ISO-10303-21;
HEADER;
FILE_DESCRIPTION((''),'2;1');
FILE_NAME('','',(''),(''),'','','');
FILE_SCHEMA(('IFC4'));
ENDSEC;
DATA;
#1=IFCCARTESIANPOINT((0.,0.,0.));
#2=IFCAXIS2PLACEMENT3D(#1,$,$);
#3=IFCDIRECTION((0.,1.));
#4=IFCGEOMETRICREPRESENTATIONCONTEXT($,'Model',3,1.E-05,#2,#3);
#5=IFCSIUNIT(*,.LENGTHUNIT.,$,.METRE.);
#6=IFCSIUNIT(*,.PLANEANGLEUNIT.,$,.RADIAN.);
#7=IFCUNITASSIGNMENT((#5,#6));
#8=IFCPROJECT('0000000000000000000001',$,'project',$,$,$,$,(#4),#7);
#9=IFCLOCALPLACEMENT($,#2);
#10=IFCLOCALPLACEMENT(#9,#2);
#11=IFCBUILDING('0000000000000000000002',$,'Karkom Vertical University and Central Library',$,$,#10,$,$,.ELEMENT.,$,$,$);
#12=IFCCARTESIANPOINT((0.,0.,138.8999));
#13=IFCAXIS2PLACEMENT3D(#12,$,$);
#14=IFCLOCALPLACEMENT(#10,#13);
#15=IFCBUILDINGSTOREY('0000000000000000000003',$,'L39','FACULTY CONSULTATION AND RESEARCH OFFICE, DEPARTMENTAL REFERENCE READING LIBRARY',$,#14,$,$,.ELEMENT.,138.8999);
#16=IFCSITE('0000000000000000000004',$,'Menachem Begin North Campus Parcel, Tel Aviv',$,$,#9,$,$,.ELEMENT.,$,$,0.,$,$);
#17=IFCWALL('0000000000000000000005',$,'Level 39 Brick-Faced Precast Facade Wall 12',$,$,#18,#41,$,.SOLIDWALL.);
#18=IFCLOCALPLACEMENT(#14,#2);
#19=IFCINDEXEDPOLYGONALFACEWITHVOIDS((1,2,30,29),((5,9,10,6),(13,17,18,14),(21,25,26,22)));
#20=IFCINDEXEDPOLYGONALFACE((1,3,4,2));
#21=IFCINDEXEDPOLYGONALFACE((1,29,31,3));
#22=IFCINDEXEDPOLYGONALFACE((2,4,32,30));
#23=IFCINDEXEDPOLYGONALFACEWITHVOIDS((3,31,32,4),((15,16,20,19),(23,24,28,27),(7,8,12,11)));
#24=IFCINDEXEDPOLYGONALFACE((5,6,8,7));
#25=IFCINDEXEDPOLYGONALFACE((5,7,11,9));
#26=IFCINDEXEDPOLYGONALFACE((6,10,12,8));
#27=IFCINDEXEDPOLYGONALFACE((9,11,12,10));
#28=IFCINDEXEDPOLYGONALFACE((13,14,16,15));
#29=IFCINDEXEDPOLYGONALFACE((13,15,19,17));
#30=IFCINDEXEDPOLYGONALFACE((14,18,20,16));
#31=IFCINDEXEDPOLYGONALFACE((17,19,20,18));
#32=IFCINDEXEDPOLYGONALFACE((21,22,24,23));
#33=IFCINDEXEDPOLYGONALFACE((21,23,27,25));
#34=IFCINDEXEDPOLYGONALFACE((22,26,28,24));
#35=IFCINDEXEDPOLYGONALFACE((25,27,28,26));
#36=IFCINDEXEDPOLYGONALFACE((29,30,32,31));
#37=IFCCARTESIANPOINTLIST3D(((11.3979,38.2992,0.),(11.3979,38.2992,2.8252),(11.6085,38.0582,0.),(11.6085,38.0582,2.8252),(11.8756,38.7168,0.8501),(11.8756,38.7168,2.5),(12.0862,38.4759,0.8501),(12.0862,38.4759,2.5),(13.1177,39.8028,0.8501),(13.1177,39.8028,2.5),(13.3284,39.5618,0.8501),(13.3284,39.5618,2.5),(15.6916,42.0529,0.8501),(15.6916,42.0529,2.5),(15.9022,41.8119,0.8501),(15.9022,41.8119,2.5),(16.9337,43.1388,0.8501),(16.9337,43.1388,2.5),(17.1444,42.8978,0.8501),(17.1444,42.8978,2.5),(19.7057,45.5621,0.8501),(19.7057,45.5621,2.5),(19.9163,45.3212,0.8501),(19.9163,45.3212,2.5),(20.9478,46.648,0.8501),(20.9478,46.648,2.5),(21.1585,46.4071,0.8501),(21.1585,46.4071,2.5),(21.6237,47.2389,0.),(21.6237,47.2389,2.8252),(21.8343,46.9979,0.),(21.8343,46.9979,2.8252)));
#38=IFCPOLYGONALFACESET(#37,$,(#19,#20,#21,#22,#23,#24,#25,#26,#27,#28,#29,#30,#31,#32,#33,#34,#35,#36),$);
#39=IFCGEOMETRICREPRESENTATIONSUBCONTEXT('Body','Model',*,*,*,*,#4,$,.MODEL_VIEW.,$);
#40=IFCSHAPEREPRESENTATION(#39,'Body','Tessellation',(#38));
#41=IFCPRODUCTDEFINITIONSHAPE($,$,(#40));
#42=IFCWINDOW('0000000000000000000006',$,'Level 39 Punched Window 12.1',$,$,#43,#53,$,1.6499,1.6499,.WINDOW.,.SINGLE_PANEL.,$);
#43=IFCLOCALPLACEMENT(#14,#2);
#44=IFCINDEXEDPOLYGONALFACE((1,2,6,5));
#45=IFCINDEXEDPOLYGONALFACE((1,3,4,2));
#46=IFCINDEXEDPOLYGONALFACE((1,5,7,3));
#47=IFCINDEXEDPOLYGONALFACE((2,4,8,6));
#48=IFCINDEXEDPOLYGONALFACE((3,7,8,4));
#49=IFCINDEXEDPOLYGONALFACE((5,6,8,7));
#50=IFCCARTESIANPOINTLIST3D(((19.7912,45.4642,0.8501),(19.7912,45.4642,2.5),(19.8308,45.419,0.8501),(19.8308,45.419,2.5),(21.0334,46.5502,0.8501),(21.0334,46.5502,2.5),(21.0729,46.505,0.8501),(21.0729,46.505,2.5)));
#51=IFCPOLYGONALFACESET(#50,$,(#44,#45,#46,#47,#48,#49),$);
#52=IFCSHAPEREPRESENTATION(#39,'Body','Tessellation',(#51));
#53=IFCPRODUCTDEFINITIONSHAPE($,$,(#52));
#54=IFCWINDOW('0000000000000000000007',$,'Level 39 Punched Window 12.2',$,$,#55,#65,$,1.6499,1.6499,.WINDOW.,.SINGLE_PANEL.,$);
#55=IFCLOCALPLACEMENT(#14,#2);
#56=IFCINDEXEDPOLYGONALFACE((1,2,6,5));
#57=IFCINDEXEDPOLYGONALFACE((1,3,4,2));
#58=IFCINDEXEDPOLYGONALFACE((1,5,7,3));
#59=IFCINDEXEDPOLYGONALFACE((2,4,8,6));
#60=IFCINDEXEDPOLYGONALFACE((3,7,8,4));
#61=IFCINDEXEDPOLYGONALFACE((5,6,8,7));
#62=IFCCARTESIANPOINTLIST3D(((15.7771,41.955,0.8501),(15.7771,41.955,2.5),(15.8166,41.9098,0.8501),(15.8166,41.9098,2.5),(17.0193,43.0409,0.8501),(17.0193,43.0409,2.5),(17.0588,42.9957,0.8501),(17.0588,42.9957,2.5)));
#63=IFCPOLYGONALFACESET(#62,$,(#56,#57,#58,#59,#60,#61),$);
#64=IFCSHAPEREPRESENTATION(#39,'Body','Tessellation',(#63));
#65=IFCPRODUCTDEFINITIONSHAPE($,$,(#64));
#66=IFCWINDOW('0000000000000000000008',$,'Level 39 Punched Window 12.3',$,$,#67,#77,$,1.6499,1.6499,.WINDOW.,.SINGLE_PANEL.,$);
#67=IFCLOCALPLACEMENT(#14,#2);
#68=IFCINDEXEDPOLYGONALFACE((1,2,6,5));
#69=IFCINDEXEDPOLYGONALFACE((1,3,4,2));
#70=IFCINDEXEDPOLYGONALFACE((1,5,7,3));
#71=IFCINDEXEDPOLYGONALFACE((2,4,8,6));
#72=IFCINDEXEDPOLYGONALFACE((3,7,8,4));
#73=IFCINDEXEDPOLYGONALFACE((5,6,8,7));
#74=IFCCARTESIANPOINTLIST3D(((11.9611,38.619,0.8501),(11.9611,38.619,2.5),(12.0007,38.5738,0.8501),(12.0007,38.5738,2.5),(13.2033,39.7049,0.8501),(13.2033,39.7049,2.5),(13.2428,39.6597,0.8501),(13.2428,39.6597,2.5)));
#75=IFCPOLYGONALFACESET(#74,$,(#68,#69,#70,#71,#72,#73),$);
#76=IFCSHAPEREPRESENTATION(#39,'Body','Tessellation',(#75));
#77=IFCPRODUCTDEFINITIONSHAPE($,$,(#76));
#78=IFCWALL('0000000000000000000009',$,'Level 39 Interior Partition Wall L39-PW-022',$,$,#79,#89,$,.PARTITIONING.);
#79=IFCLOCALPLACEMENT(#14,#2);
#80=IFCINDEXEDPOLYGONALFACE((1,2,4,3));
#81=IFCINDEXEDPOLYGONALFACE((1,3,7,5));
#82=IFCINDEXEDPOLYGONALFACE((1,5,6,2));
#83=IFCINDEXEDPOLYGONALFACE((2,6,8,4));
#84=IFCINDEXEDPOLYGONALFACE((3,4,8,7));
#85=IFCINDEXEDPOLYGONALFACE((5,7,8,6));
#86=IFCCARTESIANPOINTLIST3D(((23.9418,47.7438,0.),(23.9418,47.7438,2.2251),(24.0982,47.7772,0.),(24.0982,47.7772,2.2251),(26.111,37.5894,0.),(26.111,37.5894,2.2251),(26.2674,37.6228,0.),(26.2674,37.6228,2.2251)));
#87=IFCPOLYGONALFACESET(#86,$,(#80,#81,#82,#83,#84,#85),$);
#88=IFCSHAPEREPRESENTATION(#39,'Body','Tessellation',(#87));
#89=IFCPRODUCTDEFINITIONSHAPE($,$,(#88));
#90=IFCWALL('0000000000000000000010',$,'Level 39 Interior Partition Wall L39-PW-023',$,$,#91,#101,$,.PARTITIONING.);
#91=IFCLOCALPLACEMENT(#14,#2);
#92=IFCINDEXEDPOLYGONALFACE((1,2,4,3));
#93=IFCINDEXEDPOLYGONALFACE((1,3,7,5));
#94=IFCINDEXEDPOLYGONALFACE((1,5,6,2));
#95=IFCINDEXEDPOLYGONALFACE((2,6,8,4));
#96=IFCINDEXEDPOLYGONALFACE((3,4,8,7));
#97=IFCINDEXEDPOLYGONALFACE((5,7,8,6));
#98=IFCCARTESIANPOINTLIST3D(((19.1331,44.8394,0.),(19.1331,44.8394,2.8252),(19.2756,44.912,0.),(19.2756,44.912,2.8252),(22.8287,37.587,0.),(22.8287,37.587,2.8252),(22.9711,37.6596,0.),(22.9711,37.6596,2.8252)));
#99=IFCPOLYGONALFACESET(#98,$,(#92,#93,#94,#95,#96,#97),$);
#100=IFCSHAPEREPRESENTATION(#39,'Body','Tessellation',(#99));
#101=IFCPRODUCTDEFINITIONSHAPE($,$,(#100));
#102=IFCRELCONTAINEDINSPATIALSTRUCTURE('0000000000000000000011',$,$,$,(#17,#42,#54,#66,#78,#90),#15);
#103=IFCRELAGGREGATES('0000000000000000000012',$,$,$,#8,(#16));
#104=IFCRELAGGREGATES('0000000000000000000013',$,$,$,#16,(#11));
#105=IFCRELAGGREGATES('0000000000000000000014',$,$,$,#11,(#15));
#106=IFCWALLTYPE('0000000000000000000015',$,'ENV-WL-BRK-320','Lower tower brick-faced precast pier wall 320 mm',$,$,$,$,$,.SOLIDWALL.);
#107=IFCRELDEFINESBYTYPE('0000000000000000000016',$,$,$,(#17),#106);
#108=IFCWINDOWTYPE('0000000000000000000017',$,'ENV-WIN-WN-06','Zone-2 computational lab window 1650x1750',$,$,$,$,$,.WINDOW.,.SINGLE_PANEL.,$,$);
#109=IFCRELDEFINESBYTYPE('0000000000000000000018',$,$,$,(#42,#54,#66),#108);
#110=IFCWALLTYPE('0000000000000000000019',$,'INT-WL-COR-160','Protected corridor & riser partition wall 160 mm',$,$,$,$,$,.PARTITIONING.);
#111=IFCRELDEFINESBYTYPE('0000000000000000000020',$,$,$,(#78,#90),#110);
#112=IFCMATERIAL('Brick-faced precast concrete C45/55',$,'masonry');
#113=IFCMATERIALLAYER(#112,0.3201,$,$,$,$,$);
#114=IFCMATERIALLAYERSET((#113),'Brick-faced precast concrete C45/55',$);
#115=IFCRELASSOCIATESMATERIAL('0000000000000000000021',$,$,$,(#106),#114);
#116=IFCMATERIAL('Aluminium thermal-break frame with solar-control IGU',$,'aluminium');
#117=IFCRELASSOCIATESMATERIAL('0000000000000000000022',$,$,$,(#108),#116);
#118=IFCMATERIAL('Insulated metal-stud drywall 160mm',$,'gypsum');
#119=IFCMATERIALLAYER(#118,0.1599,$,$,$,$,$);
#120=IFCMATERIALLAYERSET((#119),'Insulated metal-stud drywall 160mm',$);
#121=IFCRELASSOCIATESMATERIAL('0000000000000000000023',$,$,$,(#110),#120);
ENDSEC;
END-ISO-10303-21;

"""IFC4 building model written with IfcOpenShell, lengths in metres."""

from ifc_helpers import new_model, si_unit, direction, frame, frame_2d, origin, origin_with_axes, place, context, subcontext, project, spatial, rectangle, extrude, source, transform, mapped, material, layer, layer_set, type_object, element, fill, save


model = new_model("IFC4")

# Units and contexts
model_context = context("Model", 3, precision=1e-05, world=origin(), true_north=direction((0.0, 1.0)))
body_context = subcontext(model_context, "Body", "Model", "MODEL_VIEW")
ifc_project = project(units=[si_unit("LENGTHUNIT", "METRE"), si_unit("PLANEANGLEUNIT", "RADIAN")], contexts=[model_context])

# Site, building, storey
site_placement = place(None, origin())
site = spatial("IfcSite", under=ifc_project, at=site_placement, Name="Menachem Begin North Campus Parcel, Tel Aviv", CompositionType="ELEMENT", RefElevation=0.0)
building_placement = place(site_placement, origin())
building = spatial("IfcBuilding", under=site, at=building_placement, Name="Karkom Vertical University and Central Library", CompositionType="ELEMENT")
storey_placement = place(building_placement, frame((0.0, 0.0, 138.8999)))
storey = spatial("IfcBuildingStorey", under=building, at=storey_placement, Name="L39", Description="FACULTY CONSULTATION AND RESEARCH OFFICE, DEPARTMENTAL REFERENCE READING LIBRARY", CompositionType="ELEMENT", Elevation=138.8999)

# Wall, openings, windows
ifc_material_1 = material(Name="Brick-faced precast concrete C45/55", Category="masonry")
ifc_layer_1 = layer(ifc_material_1, 0.3201)
ifc_layer_set_1 = layer_set([ifc_layer_1], Name="Brick-faced precast concrete C45/55")
wall_type_1 = type_object("IfcWallType", Name="ENV-WL-BRK-320", Description="Lower tower brick-faced precast pier wall 320 mm", PredefinedType="SOLIDWALL", material=ifc_layer_set_1)
wall_1_placement = place(storey_placement, frame((21.729, 47.1184, 0.0), z_axis=(0.0, 0.0, 1.0), x_axis=(-0.752865, -0.658175, 0.0)))
wall_1 = element("IfcWall", 1, at=wall_1_placement, inside=storey, type_object=wall_type_1, Name="Level 39 Brick-Faced Precast Facade Wall 12", PredefinedType="SOLIDWALL", context=body_context, shape_type="SweptSolid", body=[
    extrude(rectangle(XDim=13.5825, YDim=0.3201, at=frame_2d((6.7913, 0.0))), origin(), (0.0, 0.0, 1.0), 2.8252),
])
opening_1_placement = place(wall_1_placement, frame((0.8977, 0.0, 0.8501)))
opening_1 = element("IfcOpeningElement", 2, at=opening_1_placement, cuts=wall_1, PredefinedType="OPENING", context=body_context, shape_type="SweptSolid", body=[
    extrude(rectangle(XDim=1.6499, YDim=1.6499, at=frame_2d((0.825, 0.825))), frame((0.0, 0.1699, 0.0), z_axis=(0.0, -1.0, 0.0), x_axis=(1.0, 0.0, 0.0)), (0.0, 0.0, 1.0), 0.3401),
])
opening_2_placement = place(wall_1_placement, frame((6.2295, 0.0, 0.8501)))
opening_2 = element("IfcOpeningElement", 3, at=opening_2_placement, cuts=wall_1, PredefinedType="OPENING", context=body_context, shape_type="SweptSolid", body=[
    extrude(rectangle(XDim=1.6499, YDim=1.6499, at=frame_2d((0.825, 0.825))), frame((0.0, 0.1699, 0.0), z_axis=(0.0, -1.0, 0.0), x_axis=(1.0, 0.0, 0.0)), (0.0, 0.0, 1.0), 0.3401),
])
opening_3_placement = place(wall_1_placement, frame((11.2981, 0.0, 0.8501)))
opening_3 = element("IfcOpeningElement", 4, at=opening_3_placement, cuts=wall_1, PredefinedType="OPENING", context=body_context, shape_type="SweptSolid", body=[
    extrude(rectangle(XDim=1.6499, YDim=1.6499, at=frame_2d((0.825, 0.825))), frame((0.0, 0.1699, 0.0), z_axis=(0.0, -1.0, 0.0), x_axis=(1.0, 0.0, 0.0)), (0.0, 0.0, 1.0), 0.3401),
])
ifc_material_2 = material(Name="Aluminium thermal-break frame with solar-control IGU", Category="aluminium")
window_type = type_object("IfcWindowType", Name="ENV-WIN-WN-06", Description="Zone-2 computational lab window 1650x1750", PartitioningType="SINGLE_PANEL", PredefinedType="WINDOW", material=ifc_material_2)
shared_shape_1 = source(origin_with_axes(), body_context, "Body", "SweptSolid", [
    extrude(rectangle(XDim=1.6499, YDim=1.6499, at=frame_2d((0.825, 0.825))), frame((0.0, 0.03, 0.0), z_axis=(0.0, -1.0, 0.0), x_axis=(1.0, 0.0, 0.0)), (0.0, 0.0, 1.0), 0.0601),
])
window_1_placement = place(opening_1_placement, origin())
window_1 = element("IfcWindow", 5, at=window_1_placement, inside=storey, type_object=window_type, Name="Level 39 Punched Window 12.1", OverallHeight=1.6499, OverallWidth=1.6499, PartitioningType="SINGLE_PANEL", PredefinedType="WINDOW", context=body_context, shape_type="MappedRepresentation", body=[
    mapped(shared_shape_1, transform((0.0, 0.0, 0.0), scale=1.0)),
])
fill(opening_1, window_1)
window_2_placement = place(opening_2_placement, origin())
window_2 = element("IfcWindow", 6, at=window_2_placement, inside=storey, type_object=window_type, Name="Level 39 Punched Window 12.2", OverallHeight=1.6499, OverallWidth=1.6499, PartitioningType="SINGLE_PANEL", PredefinedType="WINDOW", context=body_context, shape_type="MappedRepresentation", body=[
    mapped(shared_shape_1, transform((0.0, 0.0, 0.0), scale=1.0)),
])
fill(opening_2, window_2)
window_3_placement = place(opening_3_placement, origin())
window_3 = element("IfcWindow", 7, at=window_3_placement, inside=storey, type_object=window_type, Name="Level 39 Punched Window 12.3", OverallHeight=1.6499, OverallWidth=1.6499, PartitioningType="SINGLE_PANEL", PredefinedType="WINDOW", context=body_context, shape_type="MappedRepresentation", body=[
    mapped(shared_shape_1, transform((0.0, 0.0, 0.0), scale=1.0)),
])
fill(opening_3, window_3)

# Walls
ifc_material_3 = material(Name="Insulated metal-stud drywall 160mm", Category="gypsum")
ifc_layer_2 = layer(ifc_material_3, 0.1599)
ifc_layer_set_2 = layer_set([ifc_layer_2], Name="Insulated metal-stud drywall 160mm")
wall_type_2 = type_object("IfcWallType", Name="INT-WL-COR-160", Description="Protected corridor & riser partition wall 160 mm", PredefinedType="PARTITIONING", material=ifc_layer_set_2)
wall_2_placement = place(storey_placement, frame((26.1892, 37.606, 0.0), z_axis=(0.0, 0.0, 1.0), x_axis=(-0.208904, 0.977936, 0.0)))
element("IfcWall", 8, at=wall_2_placement, inside=storey, type_object=wall_type_2, Name="Level 39 Interior Partition Wall L39-PW-022", PredefinedType="PARTITIONING", context=body_context, shape_type="SweptSolid", body=[
    extrude(rectangle(XDim=10.3835, YDim=0.1599, at=frame_2d((5.1919, 0.0))), origin(), (0.0, 0.0, 1.0), 2.2251),
])
wall_3_placement = place(storey_placement, frame((22.8999, 37.6233, 0.0), z_axis=(0.0, 0.0, 1.0), x_axis=(-0.454015, 0.890994, 0.0)))
element("IfcWall", 9, at=wall_3_placement, inside=storey, type_object=wall_type_2, Name="Level 39 Interior Partition Wall L39-PW-023", PredefinedType="PARTITIONING", context=body_context, shape_type="SweptSolid", body=[
    extrude(rectangle(XDim=8.1396, YDim=0.1599, at=frame_2d((4.0698, 0.0))), origin(), (0.0, 0.0, 1.0), 2.8252),
])

save(model, "model.ifc")
